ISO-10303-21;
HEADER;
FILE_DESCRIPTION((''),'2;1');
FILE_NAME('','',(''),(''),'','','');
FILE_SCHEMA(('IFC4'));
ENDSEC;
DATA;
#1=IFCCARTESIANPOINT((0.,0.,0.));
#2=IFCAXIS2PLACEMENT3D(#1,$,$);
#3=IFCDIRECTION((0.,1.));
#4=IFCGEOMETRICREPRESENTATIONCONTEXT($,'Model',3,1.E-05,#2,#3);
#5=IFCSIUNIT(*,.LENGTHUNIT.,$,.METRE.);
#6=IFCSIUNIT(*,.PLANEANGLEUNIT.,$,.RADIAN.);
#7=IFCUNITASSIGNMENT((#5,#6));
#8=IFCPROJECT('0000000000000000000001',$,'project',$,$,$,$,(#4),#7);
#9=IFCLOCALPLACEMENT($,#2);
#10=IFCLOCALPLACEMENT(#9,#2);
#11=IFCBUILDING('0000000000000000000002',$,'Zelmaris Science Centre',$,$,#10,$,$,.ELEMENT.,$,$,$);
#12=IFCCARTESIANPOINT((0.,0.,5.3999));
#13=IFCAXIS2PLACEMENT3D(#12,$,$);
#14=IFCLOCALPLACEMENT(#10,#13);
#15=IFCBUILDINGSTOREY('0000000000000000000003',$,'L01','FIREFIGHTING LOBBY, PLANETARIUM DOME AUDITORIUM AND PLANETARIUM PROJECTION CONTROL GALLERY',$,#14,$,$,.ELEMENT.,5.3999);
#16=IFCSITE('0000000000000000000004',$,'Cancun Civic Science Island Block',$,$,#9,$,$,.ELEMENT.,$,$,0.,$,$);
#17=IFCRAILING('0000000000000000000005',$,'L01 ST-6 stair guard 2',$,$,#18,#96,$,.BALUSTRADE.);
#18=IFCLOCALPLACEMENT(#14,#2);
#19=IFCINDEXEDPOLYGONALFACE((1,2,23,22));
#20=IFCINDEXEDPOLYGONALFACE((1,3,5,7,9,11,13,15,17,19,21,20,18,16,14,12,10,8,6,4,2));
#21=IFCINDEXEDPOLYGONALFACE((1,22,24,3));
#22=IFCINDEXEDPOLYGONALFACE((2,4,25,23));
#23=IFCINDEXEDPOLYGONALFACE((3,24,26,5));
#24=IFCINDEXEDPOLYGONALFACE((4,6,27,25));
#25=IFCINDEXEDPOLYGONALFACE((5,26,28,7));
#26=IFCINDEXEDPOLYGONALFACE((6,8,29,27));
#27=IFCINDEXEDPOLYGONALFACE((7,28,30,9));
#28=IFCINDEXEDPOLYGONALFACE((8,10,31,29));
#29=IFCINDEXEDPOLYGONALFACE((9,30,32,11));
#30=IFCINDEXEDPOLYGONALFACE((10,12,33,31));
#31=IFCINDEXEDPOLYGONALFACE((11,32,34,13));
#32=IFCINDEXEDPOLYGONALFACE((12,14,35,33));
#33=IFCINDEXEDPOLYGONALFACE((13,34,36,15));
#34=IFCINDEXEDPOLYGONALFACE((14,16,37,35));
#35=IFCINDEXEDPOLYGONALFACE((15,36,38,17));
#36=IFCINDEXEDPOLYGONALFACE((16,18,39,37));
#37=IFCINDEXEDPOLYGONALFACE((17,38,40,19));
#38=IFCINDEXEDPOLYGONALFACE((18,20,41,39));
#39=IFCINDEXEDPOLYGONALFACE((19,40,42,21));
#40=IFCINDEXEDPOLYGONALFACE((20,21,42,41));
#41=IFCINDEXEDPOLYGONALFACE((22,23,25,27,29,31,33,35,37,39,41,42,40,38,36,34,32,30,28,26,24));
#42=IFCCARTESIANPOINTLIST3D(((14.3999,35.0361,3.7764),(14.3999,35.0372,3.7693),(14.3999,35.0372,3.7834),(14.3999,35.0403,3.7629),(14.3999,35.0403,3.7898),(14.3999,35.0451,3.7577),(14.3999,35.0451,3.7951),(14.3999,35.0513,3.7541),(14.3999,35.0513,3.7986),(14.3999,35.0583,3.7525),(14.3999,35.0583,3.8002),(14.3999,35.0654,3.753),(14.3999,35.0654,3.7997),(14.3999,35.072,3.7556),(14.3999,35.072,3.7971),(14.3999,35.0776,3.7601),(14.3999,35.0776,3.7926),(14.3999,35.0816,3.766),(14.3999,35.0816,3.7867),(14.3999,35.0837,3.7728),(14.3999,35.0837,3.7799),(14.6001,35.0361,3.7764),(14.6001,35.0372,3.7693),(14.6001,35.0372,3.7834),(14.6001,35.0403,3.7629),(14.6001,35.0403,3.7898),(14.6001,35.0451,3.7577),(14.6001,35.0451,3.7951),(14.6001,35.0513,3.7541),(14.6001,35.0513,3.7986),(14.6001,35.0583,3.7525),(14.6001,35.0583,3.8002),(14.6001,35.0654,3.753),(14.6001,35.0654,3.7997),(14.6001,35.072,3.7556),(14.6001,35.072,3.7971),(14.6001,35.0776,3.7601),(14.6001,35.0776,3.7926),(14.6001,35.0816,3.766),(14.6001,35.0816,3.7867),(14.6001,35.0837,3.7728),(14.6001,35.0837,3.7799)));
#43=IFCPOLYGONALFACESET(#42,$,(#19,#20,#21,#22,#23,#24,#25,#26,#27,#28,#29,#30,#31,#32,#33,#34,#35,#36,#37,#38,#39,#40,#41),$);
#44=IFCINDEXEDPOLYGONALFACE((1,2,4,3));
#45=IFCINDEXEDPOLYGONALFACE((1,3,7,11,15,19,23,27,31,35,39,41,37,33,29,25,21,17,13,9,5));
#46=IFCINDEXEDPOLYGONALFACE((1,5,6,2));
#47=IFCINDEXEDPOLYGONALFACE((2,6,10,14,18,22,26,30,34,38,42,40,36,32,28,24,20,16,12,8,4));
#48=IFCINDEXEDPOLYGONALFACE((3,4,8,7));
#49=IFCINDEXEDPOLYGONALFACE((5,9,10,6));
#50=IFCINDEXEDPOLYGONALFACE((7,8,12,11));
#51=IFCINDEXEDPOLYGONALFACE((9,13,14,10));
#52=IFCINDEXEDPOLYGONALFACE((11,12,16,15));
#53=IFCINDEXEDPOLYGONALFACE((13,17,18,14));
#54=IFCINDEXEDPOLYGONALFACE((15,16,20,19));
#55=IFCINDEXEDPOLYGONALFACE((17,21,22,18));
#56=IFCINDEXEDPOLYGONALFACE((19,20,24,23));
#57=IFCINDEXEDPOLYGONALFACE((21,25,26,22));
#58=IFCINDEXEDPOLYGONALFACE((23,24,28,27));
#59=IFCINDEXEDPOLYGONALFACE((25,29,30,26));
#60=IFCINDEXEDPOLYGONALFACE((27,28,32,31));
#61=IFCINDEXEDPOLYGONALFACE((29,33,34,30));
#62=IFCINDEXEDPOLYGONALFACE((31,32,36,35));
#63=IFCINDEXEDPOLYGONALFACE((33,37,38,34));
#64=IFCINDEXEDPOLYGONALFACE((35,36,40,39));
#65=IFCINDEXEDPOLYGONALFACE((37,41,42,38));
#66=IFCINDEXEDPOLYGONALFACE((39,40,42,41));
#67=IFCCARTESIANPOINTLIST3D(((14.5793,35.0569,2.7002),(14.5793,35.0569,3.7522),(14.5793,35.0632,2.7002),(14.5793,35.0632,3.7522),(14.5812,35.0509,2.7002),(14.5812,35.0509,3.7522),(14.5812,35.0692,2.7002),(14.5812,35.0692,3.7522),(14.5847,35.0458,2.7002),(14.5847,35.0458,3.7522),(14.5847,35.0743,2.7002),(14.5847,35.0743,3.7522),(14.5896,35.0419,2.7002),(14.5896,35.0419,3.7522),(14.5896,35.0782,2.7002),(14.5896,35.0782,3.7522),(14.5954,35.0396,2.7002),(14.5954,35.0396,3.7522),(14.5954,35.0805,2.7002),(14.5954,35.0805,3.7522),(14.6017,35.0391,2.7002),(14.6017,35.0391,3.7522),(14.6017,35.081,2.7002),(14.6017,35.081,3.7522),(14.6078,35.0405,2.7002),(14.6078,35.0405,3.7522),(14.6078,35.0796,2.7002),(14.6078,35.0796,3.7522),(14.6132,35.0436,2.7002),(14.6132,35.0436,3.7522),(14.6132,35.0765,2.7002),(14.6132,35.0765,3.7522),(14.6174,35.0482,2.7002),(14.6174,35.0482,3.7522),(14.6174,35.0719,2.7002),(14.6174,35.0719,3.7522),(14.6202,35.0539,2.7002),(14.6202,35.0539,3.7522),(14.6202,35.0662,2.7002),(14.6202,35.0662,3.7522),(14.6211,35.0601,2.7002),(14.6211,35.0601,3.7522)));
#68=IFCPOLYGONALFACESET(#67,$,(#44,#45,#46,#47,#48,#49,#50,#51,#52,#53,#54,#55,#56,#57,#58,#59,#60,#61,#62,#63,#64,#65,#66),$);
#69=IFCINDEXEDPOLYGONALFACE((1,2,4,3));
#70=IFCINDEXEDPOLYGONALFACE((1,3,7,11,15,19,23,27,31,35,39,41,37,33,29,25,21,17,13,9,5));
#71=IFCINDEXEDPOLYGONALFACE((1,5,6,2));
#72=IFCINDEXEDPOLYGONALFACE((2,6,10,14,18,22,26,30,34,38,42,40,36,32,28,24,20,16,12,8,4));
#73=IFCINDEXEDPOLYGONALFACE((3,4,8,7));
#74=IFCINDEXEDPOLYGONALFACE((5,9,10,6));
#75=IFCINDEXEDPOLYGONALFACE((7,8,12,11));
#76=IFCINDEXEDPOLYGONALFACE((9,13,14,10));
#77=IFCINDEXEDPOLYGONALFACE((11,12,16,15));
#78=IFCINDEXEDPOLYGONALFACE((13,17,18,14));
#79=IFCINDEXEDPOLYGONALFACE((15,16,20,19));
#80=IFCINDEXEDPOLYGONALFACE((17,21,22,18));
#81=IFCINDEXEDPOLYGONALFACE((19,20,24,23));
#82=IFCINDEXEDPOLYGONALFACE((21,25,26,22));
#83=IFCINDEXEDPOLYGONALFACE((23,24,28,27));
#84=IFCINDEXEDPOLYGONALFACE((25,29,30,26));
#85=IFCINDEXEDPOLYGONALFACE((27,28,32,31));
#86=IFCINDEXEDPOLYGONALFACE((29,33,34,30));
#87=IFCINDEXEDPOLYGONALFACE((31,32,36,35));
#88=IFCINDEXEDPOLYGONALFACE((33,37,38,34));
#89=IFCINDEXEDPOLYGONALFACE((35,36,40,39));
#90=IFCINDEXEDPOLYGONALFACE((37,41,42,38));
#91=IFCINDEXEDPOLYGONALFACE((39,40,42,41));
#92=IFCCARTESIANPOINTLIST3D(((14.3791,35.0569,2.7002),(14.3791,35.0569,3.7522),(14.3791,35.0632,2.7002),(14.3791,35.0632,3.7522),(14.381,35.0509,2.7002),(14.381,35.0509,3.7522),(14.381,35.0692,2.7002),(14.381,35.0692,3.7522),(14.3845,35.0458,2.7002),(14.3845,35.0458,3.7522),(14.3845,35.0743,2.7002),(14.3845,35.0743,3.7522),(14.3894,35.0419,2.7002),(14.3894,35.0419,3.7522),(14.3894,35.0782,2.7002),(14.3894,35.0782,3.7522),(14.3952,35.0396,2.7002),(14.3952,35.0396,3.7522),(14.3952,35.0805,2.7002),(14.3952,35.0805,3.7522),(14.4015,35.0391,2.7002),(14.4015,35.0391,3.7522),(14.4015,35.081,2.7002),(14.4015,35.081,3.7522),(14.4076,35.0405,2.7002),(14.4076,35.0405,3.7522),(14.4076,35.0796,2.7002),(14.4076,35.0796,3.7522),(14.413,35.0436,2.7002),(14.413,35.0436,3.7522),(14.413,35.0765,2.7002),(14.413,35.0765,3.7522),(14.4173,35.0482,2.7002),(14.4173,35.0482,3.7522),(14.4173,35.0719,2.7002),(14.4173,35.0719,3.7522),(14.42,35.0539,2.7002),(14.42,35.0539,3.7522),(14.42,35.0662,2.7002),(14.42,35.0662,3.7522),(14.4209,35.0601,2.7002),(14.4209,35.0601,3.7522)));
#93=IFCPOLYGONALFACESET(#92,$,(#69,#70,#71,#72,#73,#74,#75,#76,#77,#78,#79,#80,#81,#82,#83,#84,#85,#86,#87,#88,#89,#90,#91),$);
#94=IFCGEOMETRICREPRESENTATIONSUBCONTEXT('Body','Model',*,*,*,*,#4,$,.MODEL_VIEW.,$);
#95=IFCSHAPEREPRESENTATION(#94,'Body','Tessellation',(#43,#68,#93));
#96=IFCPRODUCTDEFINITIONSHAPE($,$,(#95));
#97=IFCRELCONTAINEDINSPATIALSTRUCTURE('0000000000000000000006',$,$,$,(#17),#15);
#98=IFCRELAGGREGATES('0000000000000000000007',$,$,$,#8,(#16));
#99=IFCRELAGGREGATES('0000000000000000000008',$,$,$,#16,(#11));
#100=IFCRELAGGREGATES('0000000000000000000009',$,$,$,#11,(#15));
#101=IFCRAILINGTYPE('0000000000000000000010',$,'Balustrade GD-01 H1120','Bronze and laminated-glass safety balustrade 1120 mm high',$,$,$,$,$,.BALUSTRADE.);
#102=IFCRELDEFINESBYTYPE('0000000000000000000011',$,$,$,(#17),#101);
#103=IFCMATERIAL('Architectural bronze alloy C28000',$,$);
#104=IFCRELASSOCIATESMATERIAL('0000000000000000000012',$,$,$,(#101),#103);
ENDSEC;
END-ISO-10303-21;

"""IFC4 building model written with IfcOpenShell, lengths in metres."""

from ifc_helpers import new_model, si_unit, direction, frame, origin, origin_2d, place, context, subcontext, project, spatial, circle, extrude, material, type_object, element, save


model = new_model("IFC4")

# Units and contexts
model_context = context("Model", 3, precision=1e-05, world=origin(), true_north=direction((0.0, 1.0)))
body_context = subcontext(model_context, "Body", "Model", "MODEL_VIEW")
ifc_project = project(units=[si_unit("LENGTHUNIT", "METRE"), si_unit("PLANEANGLEUNIT", "RADIAN")], contexts=[model_context])

# Site, building, storey
site_placement = place(None, origin())
site = spatial("IfcSite", under=ifc_project, at=site_placement, Name="Cancun Civic Science Island Block", CompositionType="ELEMENT", RefElevation=0.0)
building_placement = place(site_placement, origin())
building = spatial("IfcBuilding", under=site, at=building_placement, Name="Zelmaris Science Centre", CompositionType="ELEMENT")
storey_placement = place(building_placement, frame((0.0, 0.0, 5.3999)))
storey = spatial("IfcBuildingStorey", under=building, at=storey_placement, Name="L01", Description="FIREFIGHTING LOBBY, PLANETARIUM DOME AUDITORIUM AND PLANETARIUM PROJECTION CONTROL GALLERY", CompositionType="ELEMENT", Elevation=5.3999)

# Railing
ifc_material_1 = material(Name="Architectural bronze alloy C28000")
railing_type_1 = type_object("IfcRailingType", Name="Balustrade GD-01 H1120", Description="Bronze and laminated-glass safety balustrade 1120 mm high", PredefinedType="BALUSTRADE", material=ifc_material_1)
railing_1_placement = place(storey_placement, frame((14.6001, 35.0601, 2.7002)))
element("IfcRailing", 1, at=railing_1_placement, inside=storey, type_object=railing_type_1, Name="L01 ST-6 stair guard 2", PredefinedType="BALUSTRADE", context=body_context, shape_type="SweptSolid", body=[
    extrude(circle(Radius=0.0239, at=origin_2d()), frame((0.0, 0.0, 1.0762), z_axis=(-1.0, 0.0, 0.0), x_axis=(0.0, -1.0, 0.0)), (0.0, 0.0, 1.0), 0.2002),
    extrude(circle(Radius=0.021, at=origin_2d()), origin(), (0.0, 0.0, 1.0), 1.052),
    extrude(circle(Radius=0.021, at=origin_2d()), frame((-0.2002, 0.0, 0.0)), (0.0, 0.0, 1.0), 1.052),
])

save(model, "model.ifc")
